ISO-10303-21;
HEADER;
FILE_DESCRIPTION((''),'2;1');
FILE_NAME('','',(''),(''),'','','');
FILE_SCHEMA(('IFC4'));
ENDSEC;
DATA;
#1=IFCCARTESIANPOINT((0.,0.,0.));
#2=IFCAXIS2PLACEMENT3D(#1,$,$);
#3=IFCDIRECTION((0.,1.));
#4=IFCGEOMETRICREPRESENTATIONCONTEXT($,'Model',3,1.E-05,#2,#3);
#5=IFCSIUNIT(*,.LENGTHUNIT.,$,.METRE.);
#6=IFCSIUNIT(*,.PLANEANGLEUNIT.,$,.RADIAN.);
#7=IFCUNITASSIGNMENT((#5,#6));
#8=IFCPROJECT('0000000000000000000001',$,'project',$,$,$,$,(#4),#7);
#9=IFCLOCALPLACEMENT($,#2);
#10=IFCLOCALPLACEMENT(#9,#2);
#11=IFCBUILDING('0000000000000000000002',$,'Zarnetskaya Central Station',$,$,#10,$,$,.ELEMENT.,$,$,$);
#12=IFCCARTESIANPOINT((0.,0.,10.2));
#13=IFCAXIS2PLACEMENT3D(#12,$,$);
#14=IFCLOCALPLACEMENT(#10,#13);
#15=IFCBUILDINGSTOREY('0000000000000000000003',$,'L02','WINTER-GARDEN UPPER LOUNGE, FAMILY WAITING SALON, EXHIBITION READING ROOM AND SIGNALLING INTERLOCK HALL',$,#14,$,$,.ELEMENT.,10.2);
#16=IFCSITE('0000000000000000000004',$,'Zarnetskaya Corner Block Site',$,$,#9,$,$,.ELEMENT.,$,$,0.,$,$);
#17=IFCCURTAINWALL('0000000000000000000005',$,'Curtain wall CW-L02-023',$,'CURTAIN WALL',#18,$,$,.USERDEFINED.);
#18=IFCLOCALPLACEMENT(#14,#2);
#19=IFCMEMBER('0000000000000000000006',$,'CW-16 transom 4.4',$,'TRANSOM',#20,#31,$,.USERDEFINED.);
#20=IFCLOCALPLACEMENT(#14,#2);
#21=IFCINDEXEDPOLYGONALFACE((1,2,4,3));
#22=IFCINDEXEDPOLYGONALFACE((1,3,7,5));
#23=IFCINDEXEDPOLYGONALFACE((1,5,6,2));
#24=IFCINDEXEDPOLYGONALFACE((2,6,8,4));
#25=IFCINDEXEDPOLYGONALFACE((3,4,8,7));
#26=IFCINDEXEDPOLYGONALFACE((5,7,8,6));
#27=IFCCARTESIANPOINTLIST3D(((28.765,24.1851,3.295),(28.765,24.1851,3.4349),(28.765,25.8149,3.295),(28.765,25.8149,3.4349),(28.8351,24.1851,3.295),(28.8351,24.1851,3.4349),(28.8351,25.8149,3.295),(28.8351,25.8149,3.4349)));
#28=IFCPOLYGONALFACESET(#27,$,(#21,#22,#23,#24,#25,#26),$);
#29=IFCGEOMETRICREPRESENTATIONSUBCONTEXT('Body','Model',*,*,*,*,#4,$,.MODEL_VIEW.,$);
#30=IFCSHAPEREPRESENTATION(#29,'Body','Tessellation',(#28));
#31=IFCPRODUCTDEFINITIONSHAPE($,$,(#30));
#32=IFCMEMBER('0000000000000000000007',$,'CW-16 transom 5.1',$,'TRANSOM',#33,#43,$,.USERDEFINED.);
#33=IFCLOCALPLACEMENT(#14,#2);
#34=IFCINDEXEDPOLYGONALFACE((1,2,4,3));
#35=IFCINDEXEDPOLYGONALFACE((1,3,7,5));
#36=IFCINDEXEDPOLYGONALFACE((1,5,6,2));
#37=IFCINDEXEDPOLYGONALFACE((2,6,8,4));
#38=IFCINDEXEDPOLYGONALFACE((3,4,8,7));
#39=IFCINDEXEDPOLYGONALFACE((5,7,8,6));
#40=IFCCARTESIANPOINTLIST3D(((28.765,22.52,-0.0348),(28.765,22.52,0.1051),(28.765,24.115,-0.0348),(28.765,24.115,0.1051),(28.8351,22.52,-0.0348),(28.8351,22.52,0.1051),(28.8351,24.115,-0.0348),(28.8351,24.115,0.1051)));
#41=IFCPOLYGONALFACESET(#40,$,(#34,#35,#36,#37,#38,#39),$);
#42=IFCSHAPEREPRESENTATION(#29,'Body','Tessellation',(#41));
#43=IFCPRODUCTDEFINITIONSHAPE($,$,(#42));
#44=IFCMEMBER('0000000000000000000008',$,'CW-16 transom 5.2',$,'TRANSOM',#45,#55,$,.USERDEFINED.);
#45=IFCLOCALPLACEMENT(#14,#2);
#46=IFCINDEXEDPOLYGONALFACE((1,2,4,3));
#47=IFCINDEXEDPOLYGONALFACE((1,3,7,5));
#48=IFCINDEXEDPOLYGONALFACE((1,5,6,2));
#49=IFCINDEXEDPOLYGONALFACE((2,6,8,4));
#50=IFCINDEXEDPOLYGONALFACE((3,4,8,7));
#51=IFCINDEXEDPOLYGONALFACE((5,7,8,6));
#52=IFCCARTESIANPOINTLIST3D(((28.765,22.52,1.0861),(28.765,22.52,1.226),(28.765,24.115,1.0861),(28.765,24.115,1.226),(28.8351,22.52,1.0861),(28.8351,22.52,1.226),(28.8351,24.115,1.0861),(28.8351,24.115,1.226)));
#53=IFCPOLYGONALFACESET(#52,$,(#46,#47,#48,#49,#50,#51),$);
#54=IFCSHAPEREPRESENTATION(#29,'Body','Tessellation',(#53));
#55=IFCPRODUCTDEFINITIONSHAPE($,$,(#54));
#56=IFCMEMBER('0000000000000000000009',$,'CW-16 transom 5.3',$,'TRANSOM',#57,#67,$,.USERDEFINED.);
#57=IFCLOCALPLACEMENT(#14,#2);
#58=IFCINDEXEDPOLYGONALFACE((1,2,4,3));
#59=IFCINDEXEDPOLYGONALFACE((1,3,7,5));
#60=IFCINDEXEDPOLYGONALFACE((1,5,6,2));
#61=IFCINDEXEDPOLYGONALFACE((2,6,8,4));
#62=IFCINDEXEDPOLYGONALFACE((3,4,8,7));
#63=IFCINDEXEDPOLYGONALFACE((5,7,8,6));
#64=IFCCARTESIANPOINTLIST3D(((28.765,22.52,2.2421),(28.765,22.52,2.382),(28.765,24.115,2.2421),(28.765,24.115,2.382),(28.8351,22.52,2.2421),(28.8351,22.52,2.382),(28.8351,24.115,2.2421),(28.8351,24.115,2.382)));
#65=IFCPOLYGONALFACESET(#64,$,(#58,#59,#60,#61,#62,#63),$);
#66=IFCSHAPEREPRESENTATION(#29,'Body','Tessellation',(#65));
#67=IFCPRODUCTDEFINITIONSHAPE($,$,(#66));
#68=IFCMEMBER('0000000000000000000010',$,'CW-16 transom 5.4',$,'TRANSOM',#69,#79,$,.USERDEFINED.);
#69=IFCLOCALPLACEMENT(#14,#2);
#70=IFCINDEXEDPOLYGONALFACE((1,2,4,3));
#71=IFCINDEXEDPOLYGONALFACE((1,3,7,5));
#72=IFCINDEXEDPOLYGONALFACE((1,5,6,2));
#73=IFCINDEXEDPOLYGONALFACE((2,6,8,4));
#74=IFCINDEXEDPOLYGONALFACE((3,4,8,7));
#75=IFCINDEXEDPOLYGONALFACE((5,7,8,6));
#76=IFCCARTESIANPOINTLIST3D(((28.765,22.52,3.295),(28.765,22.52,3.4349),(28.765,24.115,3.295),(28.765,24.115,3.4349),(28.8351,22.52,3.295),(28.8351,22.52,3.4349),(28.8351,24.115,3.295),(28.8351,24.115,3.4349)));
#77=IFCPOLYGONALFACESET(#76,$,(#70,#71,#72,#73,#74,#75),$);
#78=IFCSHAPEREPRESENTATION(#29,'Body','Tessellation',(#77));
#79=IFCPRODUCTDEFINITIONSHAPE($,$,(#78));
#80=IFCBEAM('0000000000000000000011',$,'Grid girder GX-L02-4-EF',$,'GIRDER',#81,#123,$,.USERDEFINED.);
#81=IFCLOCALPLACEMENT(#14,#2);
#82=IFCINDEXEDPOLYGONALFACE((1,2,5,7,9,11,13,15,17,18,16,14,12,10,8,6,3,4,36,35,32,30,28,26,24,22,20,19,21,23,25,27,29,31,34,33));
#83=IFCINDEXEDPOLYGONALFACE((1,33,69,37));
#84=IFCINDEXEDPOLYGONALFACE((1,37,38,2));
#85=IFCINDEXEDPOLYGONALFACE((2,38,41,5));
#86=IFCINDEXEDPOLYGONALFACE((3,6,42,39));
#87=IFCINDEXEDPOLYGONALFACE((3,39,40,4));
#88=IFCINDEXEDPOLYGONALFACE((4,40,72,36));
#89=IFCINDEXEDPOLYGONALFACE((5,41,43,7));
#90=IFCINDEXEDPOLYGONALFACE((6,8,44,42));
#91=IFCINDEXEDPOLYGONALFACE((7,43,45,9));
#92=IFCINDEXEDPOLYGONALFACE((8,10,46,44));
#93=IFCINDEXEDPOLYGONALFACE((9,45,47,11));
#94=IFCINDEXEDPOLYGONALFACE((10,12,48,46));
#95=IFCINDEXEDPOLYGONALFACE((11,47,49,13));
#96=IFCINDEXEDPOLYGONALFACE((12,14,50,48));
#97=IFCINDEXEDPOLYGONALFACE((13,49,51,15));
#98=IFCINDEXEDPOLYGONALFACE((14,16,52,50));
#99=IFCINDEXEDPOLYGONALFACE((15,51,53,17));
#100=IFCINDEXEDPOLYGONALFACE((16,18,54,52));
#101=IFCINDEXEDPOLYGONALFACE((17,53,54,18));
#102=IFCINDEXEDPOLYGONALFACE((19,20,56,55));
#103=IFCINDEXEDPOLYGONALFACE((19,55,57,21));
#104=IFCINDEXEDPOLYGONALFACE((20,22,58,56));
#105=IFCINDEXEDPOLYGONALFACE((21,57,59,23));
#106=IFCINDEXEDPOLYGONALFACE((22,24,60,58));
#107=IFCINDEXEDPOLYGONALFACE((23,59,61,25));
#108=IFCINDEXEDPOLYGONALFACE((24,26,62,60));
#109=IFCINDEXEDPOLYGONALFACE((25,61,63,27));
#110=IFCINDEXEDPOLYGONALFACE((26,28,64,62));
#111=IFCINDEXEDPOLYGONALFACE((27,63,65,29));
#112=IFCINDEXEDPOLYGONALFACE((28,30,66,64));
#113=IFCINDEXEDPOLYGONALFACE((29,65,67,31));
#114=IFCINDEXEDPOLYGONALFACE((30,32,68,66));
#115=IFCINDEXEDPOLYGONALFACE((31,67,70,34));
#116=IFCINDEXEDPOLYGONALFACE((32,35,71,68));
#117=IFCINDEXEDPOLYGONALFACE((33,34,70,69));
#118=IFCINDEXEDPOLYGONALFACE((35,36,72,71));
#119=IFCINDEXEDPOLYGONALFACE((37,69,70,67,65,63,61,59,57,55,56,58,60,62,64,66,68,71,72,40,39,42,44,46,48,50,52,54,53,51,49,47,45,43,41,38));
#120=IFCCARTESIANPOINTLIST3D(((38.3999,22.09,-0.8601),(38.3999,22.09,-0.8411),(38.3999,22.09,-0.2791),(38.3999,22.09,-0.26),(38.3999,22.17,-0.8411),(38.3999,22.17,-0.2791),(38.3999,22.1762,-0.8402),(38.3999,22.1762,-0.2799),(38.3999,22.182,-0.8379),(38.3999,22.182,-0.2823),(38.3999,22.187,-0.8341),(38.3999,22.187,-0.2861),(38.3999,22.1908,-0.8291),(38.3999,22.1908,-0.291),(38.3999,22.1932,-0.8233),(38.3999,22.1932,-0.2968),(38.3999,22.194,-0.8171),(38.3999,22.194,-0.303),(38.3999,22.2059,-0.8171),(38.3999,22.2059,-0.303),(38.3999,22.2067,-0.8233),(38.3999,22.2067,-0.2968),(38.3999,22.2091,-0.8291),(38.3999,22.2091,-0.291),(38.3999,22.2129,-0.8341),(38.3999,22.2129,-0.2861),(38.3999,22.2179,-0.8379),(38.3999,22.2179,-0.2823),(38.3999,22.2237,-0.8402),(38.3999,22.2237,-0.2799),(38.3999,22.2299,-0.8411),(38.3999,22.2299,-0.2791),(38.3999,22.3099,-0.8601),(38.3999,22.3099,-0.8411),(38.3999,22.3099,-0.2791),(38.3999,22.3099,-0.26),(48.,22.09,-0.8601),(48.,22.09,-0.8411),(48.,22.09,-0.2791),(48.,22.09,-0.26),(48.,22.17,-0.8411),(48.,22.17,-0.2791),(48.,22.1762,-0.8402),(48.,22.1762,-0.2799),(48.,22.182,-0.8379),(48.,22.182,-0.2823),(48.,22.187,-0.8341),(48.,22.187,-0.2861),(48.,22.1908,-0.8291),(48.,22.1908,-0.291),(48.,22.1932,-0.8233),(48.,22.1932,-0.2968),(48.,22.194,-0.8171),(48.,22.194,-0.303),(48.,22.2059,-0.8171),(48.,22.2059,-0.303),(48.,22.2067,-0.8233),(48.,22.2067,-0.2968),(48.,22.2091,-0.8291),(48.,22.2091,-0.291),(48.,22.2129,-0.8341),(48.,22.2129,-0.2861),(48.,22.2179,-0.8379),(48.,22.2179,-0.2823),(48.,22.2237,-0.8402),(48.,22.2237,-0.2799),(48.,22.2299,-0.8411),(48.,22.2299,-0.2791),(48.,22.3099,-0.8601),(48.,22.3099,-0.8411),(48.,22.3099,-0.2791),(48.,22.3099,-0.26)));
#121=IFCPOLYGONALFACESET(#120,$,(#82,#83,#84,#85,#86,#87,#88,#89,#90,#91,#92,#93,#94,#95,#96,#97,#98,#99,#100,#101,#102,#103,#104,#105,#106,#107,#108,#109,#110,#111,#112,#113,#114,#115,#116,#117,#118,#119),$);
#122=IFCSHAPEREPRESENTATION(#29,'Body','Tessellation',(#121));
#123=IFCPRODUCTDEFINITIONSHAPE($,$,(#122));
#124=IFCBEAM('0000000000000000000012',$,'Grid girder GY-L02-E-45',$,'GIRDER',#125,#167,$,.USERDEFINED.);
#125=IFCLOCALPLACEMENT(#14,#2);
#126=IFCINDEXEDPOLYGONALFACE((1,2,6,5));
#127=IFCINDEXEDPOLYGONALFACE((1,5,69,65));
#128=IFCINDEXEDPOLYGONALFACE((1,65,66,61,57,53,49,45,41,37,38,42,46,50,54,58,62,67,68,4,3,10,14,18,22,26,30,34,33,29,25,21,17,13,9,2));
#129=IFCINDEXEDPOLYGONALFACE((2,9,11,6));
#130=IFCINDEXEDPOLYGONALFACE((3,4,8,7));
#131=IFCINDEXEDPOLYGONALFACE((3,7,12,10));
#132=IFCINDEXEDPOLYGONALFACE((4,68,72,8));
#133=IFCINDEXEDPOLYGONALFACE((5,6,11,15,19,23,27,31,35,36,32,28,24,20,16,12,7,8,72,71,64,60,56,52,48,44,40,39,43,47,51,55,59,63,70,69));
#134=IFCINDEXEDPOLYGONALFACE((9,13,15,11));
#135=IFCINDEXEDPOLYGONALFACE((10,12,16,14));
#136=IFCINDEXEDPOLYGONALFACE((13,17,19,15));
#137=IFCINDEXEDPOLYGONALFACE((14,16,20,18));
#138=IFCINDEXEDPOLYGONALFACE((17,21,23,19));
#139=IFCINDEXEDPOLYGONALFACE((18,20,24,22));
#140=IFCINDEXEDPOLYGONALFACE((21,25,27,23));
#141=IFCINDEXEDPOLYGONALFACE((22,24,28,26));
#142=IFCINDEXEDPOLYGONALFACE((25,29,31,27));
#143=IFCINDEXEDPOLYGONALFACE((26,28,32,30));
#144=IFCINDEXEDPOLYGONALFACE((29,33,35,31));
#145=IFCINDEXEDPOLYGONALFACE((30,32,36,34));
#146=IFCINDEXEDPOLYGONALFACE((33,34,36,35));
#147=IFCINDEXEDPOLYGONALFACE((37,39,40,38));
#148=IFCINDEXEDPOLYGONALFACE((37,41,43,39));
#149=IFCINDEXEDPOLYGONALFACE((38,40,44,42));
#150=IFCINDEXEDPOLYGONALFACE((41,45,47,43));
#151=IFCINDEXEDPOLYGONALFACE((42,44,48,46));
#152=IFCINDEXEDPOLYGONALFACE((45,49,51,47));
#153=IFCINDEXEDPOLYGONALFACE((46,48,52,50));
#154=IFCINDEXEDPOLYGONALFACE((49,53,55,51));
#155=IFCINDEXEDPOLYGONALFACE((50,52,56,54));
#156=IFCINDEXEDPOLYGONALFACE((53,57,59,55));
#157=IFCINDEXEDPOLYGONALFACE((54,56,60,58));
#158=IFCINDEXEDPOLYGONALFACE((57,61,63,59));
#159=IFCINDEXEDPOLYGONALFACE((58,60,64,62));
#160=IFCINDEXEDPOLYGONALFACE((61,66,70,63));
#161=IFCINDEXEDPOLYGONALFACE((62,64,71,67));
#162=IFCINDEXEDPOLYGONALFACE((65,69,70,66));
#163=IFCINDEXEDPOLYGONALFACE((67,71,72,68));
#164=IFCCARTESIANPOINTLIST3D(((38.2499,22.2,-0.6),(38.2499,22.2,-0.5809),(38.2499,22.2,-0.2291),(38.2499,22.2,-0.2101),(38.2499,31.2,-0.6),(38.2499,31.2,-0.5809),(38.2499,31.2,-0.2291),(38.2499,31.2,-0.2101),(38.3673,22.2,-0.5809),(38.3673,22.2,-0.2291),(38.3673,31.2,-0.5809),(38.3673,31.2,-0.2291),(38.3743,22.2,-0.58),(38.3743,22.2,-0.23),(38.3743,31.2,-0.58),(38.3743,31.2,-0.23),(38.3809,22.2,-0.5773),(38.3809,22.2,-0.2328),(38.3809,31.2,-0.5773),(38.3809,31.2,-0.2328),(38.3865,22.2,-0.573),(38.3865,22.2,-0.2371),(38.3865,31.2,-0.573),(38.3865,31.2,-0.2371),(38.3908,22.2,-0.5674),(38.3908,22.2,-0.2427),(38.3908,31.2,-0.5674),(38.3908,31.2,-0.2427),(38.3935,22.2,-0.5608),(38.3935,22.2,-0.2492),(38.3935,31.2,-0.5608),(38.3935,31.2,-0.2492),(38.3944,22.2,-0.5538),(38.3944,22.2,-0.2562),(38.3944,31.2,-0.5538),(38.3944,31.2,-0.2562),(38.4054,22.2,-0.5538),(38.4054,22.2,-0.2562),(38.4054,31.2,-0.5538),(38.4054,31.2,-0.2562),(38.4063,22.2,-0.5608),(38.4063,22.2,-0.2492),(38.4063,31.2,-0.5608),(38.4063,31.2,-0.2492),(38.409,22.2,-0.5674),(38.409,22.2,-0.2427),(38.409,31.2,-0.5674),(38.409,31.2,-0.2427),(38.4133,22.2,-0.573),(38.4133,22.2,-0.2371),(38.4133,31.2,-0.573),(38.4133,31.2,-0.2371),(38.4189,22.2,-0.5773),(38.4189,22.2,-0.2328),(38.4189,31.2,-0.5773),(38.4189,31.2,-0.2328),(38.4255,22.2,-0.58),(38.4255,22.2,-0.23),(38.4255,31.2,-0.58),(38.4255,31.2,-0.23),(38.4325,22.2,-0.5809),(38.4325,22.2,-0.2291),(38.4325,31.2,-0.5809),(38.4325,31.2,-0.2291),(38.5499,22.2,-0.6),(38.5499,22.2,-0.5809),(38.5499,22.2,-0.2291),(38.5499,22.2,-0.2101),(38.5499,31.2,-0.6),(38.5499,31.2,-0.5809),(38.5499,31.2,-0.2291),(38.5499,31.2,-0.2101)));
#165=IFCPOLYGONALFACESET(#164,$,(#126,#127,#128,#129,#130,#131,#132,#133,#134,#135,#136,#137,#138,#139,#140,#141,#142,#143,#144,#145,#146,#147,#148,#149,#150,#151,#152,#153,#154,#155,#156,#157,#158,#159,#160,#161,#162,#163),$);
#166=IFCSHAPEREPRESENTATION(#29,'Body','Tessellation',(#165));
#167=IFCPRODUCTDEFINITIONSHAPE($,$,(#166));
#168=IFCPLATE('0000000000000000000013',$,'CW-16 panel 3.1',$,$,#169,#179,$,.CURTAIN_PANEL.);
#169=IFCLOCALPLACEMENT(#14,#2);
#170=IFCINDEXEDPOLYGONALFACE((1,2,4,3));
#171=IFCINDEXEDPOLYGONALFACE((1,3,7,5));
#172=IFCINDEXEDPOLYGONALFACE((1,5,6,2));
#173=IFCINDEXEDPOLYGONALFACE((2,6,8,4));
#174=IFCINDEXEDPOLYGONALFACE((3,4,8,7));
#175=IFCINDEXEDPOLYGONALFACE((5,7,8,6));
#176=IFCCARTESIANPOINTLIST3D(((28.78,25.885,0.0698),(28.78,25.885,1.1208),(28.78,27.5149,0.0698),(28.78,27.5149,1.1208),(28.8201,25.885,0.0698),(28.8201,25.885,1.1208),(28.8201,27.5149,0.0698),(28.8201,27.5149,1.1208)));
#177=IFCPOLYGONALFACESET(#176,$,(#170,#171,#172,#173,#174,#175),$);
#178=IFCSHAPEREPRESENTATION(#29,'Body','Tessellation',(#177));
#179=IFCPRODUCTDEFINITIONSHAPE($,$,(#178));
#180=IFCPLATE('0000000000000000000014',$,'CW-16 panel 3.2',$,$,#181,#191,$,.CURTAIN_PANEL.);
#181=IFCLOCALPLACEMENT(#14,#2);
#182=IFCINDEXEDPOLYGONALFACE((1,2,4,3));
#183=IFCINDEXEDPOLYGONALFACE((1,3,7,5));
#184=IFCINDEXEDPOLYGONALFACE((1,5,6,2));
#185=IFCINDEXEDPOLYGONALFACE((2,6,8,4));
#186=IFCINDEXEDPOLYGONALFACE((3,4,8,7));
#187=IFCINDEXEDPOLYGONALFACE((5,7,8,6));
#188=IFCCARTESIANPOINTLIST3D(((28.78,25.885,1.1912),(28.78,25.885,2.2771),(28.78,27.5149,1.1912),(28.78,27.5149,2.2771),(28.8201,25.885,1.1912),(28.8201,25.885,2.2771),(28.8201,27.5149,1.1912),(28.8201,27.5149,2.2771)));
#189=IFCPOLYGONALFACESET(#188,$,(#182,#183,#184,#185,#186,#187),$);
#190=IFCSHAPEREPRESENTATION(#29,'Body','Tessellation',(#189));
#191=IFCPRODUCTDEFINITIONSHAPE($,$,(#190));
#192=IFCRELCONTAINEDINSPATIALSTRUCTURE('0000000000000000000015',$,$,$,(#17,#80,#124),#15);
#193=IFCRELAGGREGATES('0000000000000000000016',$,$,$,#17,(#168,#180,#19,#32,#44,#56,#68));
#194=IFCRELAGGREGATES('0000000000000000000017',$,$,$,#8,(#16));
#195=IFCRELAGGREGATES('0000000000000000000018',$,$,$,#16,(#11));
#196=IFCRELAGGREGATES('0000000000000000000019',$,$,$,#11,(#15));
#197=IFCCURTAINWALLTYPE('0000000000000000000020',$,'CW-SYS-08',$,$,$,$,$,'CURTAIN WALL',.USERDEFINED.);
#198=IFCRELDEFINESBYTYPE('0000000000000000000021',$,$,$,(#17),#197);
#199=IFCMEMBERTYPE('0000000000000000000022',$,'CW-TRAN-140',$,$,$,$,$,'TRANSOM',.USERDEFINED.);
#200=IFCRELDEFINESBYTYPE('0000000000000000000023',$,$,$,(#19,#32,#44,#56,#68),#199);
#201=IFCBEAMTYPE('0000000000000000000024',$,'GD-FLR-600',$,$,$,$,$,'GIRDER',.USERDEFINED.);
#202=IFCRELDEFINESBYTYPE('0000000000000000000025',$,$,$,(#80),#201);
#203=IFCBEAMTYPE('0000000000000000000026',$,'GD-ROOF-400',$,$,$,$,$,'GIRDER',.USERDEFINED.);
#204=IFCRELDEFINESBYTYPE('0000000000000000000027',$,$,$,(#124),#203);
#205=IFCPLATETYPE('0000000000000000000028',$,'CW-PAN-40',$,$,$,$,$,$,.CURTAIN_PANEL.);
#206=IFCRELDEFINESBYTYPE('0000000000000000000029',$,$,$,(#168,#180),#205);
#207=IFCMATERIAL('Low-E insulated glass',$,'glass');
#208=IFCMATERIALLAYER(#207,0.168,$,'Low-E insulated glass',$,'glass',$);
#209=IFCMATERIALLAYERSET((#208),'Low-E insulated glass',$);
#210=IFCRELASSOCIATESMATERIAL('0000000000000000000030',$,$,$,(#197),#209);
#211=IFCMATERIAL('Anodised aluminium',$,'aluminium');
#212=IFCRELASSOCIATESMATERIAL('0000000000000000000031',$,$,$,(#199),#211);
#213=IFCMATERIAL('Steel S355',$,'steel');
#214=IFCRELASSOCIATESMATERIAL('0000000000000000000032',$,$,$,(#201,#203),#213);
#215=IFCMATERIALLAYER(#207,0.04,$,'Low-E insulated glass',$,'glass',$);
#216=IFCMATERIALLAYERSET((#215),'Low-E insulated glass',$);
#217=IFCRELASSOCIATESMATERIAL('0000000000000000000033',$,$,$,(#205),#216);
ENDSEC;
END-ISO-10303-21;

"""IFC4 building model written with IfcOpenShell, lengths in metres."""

from ifc_helpers import new_model, si_unit, direction, frame, origin, origin_2d, place, context, subcontext, project, spatial, rectangle, i_section, extrude, material, layer, layer_set, material_profile, profile_set, type_object, element, aggregate, save


model = new_model("IFC4")

# Units and contexts
model_context = context("Model", 3, precision=1e-05, world=origin(), true_north=direction((0.0, 1.0)))
body_context = subcontext(model_context, "Body", "Model", "MODEL_VIEW")
ifc_project = project(units=[si_unit("LENGTHUNIT", "METRE"), si_unit("PLANEANGLEUNIT", "RADIAN")], contexts=[model_context])

# Site, building, storey
site_placement = place(None, origin())
site = spatial("IfcSite", under=ifc_project, at=site_placement, Name="Zarnetskaya Corner Block Site", CompositionType="ELEMENT", RefElevation=0.0)
building_placement = place(site_placement, origin())
building = spatial("IfcBuilding", under=site, at=building_placement, Name="Zarnetskaya Central Station", CompositionType="ELEMENT")
storey_placement = place(building_placement, frame((0.0, 0.0, 10.2)))
storey = spatial("IfcBuildingStorey", under=building, at=storey_placement, Name="L02", Description="WINTER-GARDEN UPPER LOUNGE, FAMILY WAITING SALON, EXHIBITION READING ROOM AND SIGNALLING INTERLOCK HALL", CompositionType="ELEMENT", Elevation=10.2)

# Shared definitions
ifc_material_1 = material(Name="Steel S355", Category="steel")

# Curtain wall, members
ifc_material_2 = material(Name="Low-E insulated glass", Category="glass")
ifc_layer_1 = layer(ifc_material_2, 0.168, Name="Low-E insulated glass", Category="glass")
ifc_layer_set_1 = layer_set([ifc_layer_1], Name="Low-E insulated glass")
curtain_wall_type = type_object("IfcCurtainWallType", Name="CW-SYS-08", ElementType="CURTAIN WALL", PredefinedType="USERDEFINED", material=ifc_layer_set_1)
curtain_wall_placement = place(storey_placement, origin())
curtain_wall = element("IfcCurtainWall", 1, at=curtain_wall_placement, inside=storey, type_object=curtain_wall_type, Name="Curtain wall CW-L02-023", ObjectType="CURTAIN WALL", PredefinedType="USERDEFINED")
ifc_material_3 = material(Name="Anodised aluminium", Category="aluminium")
ifc_material_profile_1 = material_profile(ifc_material_3, rectangle(XDim=0.0701, YDim=0.1399, at=origin_2d()), Name="ALU TRAN 70x140")
ifc_profile_set_1 = profile_set([ifc_material_profile_1], Name="Anodised aluminium")
member_type_1 = type_object("IfcMemberType", Name="CW-TRAN-140", ElementType="TRANSOM", PredefinedType="USERDEFINED", material=ifc_profile_set_1)
member_1_placement = place(storey_placement, frame((28.8, 25.8149, 3.365), z_axis=(0.0, -1.0, 0.0), x_axis=(1.0, 0.0, 0.0)))
member_1 = element("IfcMember", 2, at=member_1_placement, type_object=member_type_1, Name="CW-16 transom 4.4", ObjectType="TRANSOM", PredefinedType="USERDEFINED", context=body_context, shape_type="SweptSolid", body=[
    extrude(rectangle(XDim=0.0701, YDim=0.1399, at=origin_2d()), origin(), (0.0, 0.0, 1.0), 1.6299),
])
member_2_placement = place(storey_placement, frame((28.8, 24.115, 0.0352), z_axis=(0.0, -1.0, 0.0), x_axis=(1.0, 0.0, 0.0)))
member_2 = element("IfcMember", 3, at=member_2_placement, type_object=member_type_1, Name="CW-16 transom 5.1", ObjectType="TRANSOM", PredefinedType="USERDEFINED", context=body_context, shape_type="SweptSolid", body=[
    extrude(rectangle(XDim=0.0701, YDim=0.1399, at=origin_2d()), origin(), (0.0, 0.0, 1.0), 1.595),
])
member_3_placement = place(storey_placement, frame((28.8, 24.115, 1.156), z_axis=(0.0, -1.0, 0.0), x_axis=(1.0, 0.0, 0.0)))
member_3 = element("IfcMember", 4, at=member_3_placement, type_object=member_type_1, Name="CW-16 transom 5.2", ObjectType="TRANSOM", PredefinedType="USERDEFINED", context=body_context, shape_type="SweptSolid", body=[
    extrude(rectangle(XDim=0.0701, YDim=0.1399, at=origin_2d()), origin(), (0.0, 0.0, 1.0), 1.595),
])
member_4_placement = place(storey_placement, frame((28.8, 24.115, 2.312), z_axis=(0.0, -1.0, 0.0), x_axis=(1.0, 0.0, 0.0)))
member_4 = element("IfcMember", 5, at=member_4_placement, type_object=member_type_1, Name="CW-16 transom 5.3", ObjectType="TRANSOM", PredefinedType="USERDEFINED", context=body_context, shape_type="SweptSolid", body=[
    extrude(rectangle(XDim=0.0701, YDim=0.1399, at=origin_2d()), origin(), (0.0, 0.0, 1.0), 1.595),
])
member_5_placement = place(storey_placement, frame((28.8, 24.115, 3.365), z_axis=(0.0, -1.0, 0.0), x_axis=(1.0, 0.0, 0.0)))
member_5 = element("IfcMember", 6, at=member_5_placement, type_object=member_type_1, Name="CW-16 transom 5.4", ObjectType="TRANSOM", PredefinedType="USERDEFINED", context=body_context, shape_type="SweptSolid", body=[
    extrude(rectangle(XDim=0.0701, YDim=0.1399, at=origin_2d()), origin(), (0.0, 0.0, 1.0), 1.595),
])

# Beams
ifc_material_profile_2 = material_profile(ifc_material_1, i_section(OverallWidth=0.22, OverallDepth=0.6001, WebThickness=0.012, FlangeThickness=0.019, FilletRadius=0.0239, at=origin_2d()), Name="IPE 600")
ifc_profile_set_2 = profile_set([ifc_material_profile_2], Name="Steel S355")
beam_type_1 = type_object("IfcBeamType", Name="GD-FLR-600", ElementType="GIRDER", PredefinedType="USERDEFINED", material=ifc_profile_set_2)
beam_1_placement = place(storey_placement, frame((38.3999, 22.2, -0.5601), z_axis=(1.0, 0.0, 0.0), x_axis=(0.0, 1.0, 0.0)))
element("IfcBeam", 7, at=beam_1_placement, inside=storey, type_object=beam_type_1, Name="Grid girder GX-L02-4-EF", ObjectType="GIRDER", PredefinedType="USERDEFINED", context=body_context, shape_type="SweptSolid", body=[
    extrude(i_section(OverallWidth=0.22, OverallDepth=0.6001, WebThickness=0.012, FlangeThickness=0.019, FilletRadius=0.0239, at=origin_2d()), origin(), (0.0, 0.0, 1.0), 9.6001),
])
ifc_material_profile_3 = material_profile(ifc_material_1, i_section(OverallWidth=0.3, OverallDepth=0.3899, WebThickness=0.011, FlangeThickness=0.019, FilletRadius=0.0271, at=origin_2d()), Name="HEA 400")
ifc_profile_set_3 = profile_set([ifc_material_profile_3], Name="Steel S355")
beam_type_2 = type_object("IfcBeamType", Name="GD-ROOF-400", ElementType="GIRDER", PredefinedType="USERDEFINED", material=ifc_profile_set_3)
beam_2_placement = place(storey_placement, frame((38.3999, 22.2, -0.405), z_axis=(0.0, 1.0, 0.0), x_axis=(-1.0, 0.0, 0.0)))
element("IfcBeam", 8, at=beam_2_placement, inside=storey, type_object=beam_type_2, Name="Grid girder GY-L02-E-45", ObjectType="GIRDER", PredefinedType="USERDEFINED", context=body_context, shape_type="SweptSolid", body=[
    extrude(i_section(OverallWidth=0.3, OverallDepth=0.3899, WebThickness=0.011, FlangeThickness=0.019, FilletRadius=0.0271, at=origin_2d()), origin(), (0.0, 0.0, 1.0), 9.0),
])

# Plates
ifc_layer_2 = layer(ifc_material_2, 0.04, Name="Low-E insulated glass", Category="glass")
ifc_layer_set_2 = layer_set([ifc_layer_2], Name="Low-E insulated glass")
plate_type = type_object("IfcPlateType", Name="CW-PAN-40", PredefinedType="CURTAIN_PANEL", material=ifc_layer_set_2)
plate_1_placement = place(storey_placement, frame((28.8, 26.7, 0.0698), z_axis=(0.0, 0.0, 1.0), x_axis=(0.0, -1.0, 0.0)))
plate_1 = element("IfcPlate", 9, at=plate_1_placement, type_object=plate_type, Name="CW-16 panel 3.1", PredefinedType="CURTAIN_PANEL", context=body_context, shape_type="SweptSolid", body=[
    extrude(rectangle(XDim=1.6299, YDim=0.04, at=origin_2d()), origin(), (0.0, 0.0, 1.0), 1.051),
])
plate_2_placement = place(storey_placement, frame((28.8, 26.7, 1.1912), z_axis=(0.0, 0.0, 1.0), x_axis=(0.0, -1.0, 0.0)))
plate_2 = element("IfcPlate", 10, at=plate_2_placement, type_object=plate_type, Name="CW-16 panel 3.2", PredefinedType="CURTAIN_PANEL", context=body_context, shape_type="SweptSolid", body=[
    extrude(rectangle(XDim=1.6299, YDim=0.04, at=origin_2d()), origin(), (0.0, 0.0, 1.0), 1.0859),
])
aggregate(curtain_wall, [plate_1, plate_2, member_1, member_2, member_3, member_4, member_5])

save(model, "model.ifc")
